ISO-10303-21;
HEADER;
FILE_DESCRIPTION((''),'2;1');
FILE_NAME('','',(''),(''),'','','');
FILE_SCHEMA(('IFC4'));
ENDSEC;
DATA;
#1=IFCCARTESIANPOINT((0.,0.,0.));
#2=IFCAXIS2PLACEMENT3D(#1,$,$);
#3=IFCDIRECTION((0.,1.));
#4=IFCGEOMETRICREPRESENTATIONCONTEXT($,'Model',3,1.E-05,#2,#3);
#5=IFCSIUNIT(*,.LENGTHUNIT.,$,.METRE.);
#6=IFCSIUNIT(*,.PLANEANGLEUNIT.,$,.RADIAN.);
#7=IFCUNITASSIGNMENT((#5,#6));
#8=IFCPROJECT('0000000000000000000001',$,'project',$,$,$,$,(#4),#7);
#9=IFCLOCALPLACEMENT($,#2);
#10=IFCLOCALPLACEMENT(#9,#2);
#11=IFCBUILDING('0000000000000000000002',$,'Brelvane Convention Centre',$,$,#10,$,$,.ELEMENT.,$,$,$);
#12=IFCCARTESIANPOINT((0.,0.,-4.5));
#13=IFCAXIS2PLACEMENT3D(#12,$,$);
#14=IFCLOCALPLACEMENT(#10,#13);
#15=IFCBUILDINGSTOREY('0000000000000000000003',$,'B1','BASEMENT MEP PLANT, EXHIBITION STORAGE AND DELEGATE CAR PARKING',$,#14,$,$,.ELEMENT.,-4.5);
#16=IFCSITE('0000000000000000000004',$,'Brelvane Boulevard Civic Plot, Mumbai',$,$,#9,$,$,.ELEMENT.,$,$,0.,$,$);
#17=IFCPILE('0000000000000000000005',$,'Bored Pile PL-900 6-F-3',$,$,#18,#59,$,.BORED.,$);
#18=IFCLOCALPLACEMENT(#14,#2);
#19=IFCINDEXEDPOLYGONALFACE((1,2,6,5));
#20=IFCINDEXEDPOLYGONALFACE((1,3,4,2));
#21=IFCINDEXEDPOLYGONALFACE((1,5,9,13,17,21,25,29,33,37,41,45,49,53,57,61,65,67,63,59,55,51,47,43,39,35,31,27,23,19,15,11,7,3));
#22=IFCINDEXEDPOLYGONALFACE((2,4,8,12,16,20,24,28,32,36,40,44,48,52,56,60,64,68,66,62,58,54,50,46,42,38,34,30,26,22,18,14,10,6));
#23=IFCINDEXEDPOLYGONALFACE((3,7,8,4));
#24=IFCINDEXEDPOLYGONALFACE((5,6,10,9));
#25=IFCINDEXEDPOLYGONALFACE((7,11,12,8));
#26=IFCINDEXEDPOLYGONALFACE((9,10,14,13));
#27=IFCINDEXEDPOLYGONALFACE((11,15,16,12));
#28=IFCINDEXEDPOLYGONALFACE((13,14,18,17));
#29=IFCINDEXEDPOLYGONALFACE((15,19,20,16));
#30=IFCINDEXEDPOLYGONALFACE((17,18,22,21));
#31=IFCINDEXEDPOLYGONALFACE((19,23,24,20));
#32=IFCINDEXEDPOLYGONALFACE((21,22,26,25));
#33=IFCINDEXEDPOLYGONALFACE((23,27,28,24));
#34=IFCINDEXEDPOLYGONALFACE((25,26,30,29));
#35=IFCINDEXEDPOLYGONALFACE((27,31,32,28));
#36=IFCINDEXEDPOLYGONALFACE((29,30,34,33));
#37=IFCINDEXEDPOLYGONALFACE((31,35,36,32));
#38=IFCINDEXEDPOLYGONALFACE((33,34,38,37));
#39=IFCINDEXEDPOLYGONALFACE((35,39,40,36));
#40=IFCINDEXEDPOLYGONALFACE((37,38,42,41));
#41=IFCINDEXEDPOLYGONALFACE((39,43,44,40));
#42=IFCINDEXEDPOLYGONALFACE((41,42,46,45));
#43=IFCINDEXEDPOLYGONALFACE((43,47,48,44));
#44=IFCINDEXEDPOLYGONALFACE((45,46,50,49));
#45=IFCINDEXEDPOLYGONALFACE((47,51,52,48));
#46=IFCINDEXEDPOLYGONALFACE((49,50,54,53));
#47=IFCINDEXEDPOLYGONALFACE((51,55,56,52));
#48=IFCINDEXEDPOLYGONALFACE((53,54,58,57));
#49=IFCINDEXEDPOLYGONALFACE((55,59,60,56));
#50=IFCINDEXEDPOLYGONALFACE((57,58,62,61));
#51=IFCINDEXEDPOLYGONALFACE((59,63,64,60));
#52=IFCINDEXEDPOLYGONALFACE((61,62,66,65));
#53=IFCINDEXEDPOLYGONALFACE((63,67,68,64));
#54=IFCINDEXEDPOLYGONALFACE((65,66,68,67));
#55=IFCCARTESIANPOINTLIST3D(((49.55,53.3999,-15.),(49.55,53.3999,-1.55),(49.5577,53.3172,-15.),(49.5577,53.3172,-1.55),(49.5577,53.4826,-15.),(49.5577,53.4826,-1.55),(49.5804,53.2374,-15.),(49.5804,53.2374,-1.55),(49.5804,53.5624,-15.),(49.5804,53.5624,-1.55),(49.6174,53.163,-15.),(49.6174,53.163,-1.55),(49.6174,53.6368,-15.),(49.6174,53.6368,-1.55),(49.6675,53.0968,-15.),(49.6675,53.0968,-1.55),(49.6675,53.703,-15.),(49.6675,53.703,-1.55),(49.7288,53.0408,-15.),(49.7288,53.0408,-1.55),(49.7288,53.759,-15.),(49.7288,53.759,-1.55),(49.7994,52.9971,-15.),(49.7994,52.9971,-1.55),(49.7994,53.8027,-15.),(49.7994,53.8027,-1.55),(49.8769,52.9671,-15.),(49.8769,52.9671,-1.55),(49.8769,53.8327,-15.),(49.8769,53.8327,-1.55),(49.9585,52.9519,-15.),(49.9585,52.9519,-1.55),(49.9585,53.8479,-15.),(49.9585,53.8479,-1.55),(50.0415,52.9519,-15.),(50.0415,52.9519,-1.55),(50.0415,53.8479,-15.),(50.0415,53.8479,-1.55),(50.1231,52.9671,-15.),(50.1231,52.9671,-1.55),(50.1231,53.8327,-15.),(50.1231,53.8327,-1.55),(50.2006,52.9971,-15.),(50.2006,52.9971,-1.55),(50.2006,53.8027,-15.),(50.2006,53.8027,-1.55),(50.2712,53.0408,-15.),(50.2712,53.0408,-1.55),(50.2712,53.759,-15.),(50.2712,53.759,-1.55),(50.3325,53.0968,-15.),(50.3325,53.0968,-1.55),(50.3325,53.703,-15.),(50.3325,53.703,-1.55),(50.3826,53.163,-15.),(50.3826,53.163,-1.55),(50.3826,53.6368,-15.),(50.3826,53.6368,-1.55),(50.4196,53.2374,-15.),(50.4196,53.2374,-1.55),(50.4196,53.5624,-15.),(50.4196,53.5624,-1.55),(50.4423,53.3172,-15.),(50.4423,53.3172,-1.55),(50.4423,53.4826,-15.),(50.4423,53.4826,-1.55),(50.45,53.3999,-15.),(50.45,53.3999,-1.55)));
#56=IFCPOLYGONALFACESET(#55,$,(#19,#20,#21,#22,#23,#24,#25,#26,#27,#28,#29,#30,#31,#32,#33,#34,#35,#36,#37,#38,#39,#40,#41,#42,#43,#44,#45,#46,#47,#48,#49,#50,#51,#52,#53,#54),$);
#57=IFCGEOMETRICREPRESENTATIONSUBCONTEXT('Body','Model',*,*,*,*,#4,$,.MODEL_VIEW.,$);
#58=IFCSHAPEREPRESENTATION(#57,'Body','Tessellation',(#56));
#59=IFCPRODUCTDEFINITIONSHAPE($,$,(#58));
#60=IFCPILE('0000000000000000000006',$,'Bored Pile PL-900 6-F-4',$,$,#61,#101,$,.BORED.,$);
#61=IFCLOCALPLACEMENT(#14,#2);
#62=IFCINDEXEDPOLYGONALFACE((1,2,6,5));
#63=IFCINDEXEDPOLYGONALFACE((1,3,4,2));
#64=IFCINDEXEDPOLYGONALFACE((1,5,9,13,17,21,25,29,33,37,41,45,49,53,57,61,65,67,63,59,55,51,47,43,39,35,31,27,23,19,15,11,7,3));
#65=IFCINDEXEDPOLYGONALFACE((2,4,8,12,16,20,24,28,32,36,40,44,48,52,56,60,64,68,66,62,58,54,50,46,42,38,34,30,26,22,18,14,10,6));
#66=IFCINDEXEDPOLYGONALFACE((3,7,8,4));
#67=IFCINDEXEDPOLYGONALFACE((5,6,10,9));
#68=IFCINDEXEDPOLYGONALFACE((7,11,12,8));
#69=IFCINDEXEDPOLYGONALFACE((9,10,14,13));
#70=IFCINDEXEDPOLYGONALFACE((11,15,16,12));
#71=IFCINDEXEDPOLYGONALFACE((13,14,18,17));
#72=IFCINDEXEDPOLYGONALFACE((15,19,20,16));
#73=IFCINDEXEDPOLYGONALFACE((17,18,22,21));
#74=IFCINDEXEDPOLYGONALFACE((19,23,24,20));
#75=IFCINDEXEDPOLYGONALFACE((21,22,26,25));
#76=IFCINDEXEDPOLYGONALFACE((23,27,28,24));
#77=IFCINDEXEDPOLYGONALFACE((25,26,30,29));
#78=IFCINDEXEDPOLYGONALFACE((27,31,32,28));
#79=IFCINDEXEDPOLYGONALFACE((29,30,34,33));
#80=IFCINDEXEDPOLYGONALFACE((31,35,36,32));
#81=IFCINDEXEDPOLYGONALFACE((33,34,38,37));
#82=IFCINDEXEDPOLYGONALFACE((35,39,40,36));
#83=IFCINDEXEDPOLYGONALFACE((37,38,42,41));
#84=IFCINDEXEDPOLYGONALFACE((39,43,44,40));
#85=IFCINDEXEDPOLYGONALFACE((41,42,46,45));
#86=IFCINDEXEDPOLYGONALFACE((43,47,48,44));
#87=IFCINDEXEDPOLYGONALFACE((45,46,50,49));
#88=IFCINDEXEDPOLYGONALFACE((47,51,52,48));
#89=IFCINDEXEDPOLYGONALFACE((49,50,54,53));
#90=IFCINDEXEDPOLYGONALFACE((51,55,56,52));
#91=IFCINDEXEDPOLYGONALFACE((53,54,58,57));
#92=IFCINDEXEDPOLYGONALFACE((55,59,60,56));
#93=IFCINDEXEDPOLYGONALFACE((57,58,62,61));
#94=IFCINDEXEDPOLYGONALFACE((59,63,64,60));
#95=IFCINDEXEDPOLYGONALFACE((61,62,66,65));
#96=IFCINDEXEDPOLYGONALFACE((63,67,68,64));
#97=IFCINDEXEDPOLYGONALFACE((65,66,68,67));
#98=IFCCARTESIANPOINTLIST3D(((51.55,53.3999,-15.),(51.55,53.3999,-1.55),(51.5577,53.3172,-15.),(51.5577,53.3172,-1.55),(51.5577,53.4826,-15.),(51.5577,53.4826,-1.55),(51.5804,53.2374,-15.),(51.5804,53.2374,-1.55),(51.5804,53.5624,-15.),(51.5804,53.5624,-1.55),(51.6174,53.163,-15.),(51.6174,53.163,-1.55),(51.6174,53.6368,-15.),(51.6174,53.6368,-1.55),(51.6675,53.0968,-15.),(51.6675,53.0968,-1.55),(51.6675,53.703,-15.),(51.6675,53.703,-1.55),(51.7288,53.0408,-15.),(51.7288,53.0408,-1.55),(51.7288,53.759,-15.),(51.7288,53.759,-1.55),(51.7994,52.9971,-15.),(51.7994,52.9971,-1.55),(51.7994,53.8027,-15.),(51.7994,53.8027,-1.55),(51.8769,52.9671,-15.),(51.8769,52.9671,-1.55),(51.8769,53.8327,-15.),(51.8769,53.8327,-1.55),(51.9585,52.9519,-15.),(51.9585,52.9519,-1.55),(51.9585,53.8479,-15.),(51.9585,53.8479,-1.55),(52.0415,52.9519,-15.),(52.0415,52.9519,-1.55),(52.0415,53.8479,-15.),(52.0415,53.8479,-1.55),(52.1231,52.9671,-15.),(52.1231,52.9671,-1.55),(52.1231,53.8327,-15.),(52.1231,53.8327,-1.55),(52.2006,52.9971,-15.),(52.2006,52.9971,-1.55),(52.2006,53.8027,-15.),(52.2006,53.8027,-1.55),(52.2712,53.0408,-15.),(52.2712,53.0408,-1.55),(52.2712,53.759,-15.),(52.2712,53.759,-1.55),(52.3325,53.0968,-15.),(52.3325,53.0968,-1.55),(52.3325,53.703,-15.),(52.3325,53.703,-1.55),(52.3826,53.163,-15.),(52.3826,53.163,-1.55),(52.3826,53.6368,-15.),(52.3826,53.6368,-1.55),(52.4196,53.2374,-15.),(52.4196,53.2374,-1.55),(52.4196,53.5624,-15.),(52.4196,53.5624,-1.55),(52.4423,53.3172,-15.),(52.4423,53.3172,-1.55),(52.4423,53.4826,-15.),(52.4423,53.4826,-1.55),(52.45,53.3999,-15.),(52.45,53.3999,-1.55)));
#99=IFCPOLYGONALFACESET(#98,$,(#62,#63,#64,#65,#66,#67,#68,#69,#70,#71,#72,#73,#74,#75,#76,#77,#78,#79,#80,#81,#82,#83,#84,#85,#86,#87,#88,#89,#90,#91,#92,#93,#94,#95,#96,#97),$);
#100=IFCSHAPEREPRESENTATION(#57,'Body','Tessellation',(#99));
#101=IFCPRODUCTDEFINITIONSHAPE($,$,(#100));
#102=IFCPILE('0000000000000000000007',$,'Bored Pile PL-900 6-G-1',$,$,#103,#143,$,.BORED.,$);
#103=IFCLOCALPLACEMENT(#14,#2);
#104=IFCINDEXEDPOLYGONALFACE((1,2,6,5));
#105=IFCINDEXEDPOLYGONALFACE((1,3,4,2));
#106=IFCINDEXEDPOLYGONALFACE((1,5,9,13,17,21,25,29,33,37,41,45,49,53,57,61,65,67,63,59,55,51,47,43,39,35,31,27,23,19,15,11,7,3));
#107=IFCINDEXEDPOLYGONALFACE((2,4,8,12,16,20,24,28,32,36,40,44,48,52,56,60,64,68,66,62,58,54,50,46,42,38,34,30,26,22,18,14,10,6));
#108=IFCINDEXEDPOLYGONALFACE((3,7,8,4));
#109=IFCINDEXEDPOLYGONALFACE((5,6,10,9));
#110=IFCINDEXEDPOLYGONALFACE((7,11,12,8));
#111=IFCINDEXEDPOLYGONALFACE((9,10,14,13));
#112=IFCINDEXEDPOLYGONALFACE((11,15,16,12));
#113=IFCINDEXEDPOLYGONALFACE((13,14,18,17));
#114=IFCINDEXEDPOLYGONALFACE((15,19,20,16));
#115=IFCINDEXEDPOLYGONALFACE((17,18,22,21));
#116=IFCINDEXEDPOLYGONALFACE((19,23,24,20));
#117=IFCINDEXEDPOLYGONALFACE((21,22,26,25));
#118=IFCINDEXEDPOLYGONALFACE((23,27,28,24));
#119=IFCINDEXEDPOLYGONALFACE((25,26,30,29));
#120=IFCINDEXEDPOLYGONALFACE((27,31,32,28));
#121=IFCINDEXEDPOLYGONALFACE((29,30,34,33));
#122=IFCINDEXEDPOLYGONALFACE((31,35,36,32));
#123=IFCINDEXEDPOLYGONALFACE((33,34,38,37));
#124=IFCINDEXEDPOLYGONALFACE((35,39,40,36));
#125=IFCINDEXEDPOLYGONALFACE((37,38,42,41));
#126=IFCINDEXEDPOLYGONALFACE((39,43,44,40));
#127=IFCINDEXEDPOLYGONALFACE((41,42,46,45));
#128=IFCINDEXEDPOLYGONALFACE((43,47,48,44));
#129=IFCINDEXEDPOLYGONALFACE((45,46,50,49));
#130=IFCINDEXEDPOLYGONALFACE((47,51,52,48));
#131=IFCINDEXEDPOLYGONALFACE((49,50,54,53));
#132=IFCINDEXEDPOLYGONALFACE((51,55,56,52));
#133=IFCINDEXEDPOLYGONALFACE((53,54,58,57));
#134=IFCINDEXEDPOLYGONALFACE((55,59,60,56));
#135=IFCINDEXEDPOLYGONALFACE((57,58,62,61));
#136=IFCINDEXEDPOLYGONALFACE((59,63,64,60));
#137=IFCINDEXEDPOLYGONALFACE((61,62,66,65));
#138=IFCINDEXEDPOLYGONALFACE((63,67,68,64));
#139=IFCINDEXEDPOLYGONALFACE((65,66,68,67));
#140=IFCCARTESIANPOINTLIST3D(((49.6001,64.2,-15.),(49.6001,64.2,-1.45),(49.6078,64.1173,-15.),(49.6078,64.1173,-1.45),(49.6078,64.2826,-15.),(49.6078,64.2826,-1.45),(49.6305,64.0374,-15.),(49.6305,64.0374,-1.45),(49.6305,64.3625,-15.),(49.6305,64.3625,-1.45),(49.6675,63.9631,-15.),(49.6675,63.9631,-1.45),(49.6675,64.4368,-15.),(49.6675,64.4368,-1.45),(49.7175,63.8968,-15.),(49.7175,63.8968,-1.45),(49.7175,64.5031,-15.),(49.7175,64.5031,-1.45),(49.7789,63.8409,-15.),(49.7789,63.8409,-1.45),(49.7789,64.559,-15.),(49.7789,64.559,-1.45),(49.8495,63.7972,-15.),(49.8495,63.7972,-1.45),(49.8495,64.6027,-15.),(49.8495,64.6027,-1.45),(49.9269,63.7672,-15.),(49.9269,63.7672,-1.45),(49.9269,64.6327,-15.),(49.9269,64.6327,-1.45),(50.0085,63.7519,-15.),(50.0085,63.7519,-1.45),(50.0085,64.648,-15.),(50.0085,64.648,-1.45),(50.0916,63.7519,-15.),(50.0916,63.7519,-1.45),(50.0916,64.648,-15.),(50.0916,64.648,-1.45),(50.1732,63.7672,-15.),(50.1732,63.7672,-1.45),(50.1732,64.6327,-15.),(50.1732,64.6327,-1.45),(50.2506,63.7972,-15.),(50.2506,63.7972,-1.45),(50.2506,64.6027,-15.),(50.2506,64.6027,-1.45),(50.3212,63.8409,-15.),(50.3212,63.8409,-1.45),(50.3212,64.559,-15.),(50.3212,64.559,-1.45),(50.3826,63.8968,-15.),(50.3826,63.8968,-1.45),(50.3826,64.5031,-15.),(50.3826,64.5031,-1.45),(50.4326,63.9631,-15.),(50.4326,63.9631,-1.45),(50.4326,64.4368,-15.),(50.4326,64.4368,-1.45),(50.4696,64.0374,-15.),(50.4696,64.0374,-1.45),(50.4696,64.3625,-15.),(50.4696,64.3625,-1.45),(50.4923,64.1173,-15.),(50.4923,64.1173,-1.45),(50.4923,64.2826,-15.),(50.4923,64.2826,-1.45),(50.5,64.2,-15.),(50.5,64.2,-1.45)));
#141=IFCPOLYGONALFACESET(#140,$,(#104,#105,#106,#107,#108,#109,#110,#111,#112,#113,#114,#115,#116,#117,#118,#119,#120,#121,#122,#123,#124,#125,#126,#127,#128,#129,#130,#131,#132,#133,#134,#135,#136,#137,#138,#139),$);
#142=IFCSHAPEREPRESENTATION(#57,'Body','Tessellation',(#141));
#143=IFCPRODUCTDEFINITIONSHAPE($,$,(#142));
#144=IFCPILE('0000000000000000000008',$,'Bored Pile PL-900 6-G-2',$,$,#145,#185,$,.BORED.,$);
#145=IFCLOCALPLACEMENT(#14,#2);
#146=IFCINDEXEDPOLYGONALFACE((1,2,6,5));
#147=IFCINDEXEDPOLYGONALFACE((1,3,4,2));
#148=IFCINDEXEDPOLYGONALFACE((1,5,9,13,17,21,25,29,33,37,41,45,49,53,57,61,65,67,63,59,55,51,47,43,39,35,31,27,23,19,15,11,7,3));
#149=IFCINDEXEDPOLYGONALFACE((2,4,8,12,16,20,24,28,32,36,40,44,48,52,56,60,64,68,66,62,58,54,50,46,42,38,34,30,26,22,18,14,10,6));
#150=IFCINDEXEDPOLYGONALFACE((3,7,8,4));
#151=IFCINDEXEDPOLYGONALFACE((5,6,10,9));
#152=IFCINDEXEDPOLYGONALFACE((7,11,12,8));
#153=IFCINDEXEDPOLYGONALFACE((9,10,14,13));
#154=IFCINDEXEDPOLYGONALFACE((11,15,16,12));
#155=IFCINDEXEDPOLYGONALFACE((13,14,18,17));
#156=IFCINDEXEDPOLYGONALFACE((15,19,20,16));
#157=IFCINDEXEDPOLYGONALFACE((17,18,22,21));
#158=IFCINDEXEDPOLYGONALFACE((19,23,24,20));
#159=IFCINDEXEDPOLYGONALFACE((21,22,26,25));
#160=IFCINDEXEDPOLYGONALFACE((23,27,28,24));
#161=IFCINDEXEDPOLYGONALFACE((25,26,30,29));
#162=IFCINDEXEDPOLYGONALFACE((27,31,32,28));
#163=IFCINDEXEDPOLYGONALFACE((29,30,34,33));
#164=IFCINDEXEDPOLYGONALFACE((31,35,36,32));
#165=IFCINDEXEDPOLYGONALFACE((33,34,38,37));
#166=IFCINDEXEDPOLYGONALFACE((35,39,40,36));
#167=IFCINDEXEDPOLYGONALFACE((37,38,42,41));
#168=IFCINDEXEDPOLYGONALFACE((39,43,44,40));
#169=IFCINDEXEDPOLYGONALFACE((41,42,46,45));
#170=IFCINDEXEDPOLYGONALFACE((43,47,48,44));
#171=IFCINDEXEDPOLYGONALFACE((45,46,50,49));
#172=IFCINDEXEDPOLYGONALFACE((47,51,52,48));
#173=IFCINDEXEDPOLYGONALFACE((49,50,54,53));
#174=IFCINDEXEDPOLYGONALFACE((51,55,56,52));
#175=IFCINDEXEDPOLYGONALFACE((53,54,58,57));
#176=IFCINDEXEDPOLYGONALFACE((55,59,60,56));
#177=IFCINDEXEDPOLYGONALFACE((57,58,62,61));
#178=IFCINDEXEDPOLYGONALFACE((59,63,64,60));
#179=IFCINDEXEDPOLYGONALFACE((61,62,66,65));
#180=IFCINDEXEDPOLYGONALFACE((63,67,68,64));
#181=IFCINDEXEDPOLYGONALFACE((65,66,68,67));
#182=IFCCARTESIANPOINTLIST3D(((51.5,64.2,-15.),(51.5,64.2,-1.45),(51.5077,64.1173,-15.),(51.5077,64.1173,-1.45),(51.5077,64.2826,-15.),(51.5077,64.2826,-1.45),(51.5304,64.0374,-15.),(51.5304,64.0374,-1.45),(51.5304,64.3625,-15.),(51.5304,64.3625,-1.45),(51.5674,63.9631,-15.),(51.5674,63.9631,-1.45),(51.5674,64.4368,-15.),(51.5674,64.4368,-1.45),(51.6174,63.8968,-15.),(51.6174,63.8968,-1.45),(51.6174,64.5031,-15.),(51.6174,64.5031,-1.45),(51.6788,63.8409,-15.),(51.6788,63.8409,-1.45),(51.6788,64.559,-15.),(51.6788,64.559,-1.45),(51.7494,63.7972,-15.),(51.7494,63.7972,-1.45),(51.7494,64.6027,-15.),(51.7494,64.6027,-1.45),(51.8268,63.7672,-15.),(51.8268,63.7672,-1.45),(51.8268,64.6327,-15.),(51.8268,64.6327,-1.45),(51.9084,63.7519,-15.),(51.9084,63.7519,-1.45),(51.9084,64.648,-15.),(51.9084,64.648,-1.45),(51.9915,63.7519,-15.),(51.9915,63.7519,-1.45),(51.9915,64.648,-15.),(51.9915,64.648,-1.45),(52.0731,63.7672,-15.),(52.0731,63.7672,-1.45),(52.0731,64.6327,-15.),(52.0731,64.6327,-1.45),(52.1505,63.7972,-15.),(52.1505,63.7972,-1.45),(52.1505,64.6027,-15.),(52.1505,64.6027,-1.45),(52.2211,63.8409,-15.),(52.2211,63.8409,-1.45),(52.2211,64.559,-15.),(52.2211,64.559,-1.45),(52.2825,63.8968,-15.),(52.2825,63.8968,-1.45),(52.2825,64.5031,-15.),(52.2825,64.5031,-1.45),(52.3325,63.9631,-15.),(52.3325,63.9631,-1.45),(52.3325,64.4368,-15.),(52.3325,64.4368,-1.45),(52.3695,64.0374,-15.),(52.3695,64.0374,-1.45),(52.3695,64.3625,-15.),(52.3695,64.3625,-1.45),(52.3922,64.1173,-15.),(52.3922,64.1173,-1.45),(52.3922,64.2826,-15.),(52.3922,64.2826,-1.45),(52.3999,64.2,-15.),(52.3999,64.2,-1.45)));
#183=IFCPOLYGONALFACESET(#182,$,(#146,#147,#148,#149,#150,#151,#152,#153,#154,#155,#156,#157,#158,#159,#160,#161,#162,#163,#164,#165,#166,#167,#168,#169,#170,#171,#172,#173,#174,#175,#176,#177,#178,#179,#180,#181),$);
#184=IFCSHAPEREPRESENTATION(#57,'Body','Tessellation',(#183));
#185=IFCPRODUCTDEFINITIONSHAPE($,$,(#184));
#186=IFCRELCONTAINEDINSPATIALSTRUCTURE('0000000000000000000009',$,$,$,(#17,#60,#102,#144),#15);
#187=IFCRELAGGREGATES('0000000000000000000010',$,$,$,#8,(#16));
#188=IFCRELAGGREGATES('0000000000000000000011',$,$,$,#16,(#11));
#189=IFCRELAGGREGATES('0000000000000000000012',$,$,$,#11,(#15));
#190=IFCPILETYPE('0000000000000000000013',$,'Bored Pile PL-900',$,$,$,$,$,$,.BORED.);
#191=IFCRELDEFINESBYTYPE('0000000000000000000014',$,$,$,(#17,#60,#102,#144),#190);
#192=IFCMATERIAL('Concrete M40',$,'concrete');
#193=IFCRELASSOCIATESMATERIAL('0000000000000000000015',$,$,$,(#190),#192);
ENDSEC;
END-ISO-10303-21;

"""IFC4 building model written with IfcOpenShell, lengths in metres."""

from ifc_helpers import new_model, si_unit, direction, frame, origin, origin_2d, place, context, subcontext, project, spatial, circle, extrude, material, material_profile, profile_set, type_object, element, save


model = new_model("IFC4")

# Units and contexts
model_context = context("Model", 3, precision=1e-05, world=origin(), true_north=direction((0.0, 1.0)))
body_context = subcontext(model_context, "Body", "Model", "MODEL_VIEW")
ifc_project = project(units=[si_unit("LENGTHUNIT", "METRE"), si_unit("PLANEANGLEUNIT", "RADIAN")], contexts=[model_context])

# Site, building, storey
site_placement = place(None, origin())
site = spatial("IfcSite", under=ifc_project, at=site_placement, Name="Brelvane Boulevard Civic Plot, Mumbai", CompositionType="ELEMENT", RefElevation=0.0)
building_placement = place(site_placement, origin())
building = spatial("IfcBuilding", under=site, at=building_placement, Name="Brelvane Convention Centre", CompositionType="ELEMENT")
storey_placement = place(building_placement, frame((0.0, 0.0, -4.5)))
storey = spatial("IfcBuildingStorey", under=building, at=storey_placement, Name="B1", Description="BASEMENT MEP PLANT, EXHIBITION STORAGE AND DELEGATE CAR PARKING", CompositionType="ELEMENT", Elevation=-4.5)

# Piles
ifc_material_1 = material(Name="Concrete M40", Category="concrete")
ifc_material_profile_1 = material_profile(ifc_material_1, circle(Radius=0.45, at=origin_2d()), Name="PILE D900")
ifc_profile_set_1 = profile_set([ifc_material_profile_1], Name="Concrete M40")
pile_type = type_object("IfcPileType", Name="Bored Pile PL-900", PredefinedType="BORED", material=ifc_profile_set_1)
for number, where, z_axis, x_axis, name in (
    (1, (50.0, 53.3999, -1.55), (0.0, 0.0, -1.0), (1.0, 0.0, 0.0), "Bored Pile PL-900 6-F-3"),
    (2, (52.0, 53.3999, -1.55), (0.0, 0.0, -1.0), (1.0, 0.0, 0.0), "Bored Pile PL-900 6-F-4"),
):
    element("IfcPile", number, at=place(storey_placement, frame(where, z_axis=z_axis, x_axis=x_axis)), inside=storey, type_object=pile_type, Name=name, PredefinedType="BORED", context=body_context, shape_type="SweptSolid", body=[
        extrude(circle(Radius=0.45, at=origin_2d()), origin(), (0.0, 0.0, 1.0), 13.45),
    ])
for number, where, z_axis, x_axis, name in (
    (3, (50.05, 64.2, -1.45), (0.0, 0.0, -1.0), (1.0, 0.0, 0.0), "Bored Pile PL-900 6-G-1"),
    (4, (51.95, 64.2, -1.45), (0.0, 0.0, -1.0), (1.0, 0.0, 0.0), "Bored Pile PL-900 6-G-2"),
):
    element("IfcPile", number, at=place(storey_placement, frame(where, z_axis=z_axis, x_axis=x_axis)), inside=storey, type_object=pile_type, Name=name, PredefinedType="BORED", context=body_context, shape_type="SweptSolid", body=[
        extrude(circle(Radius=0.45, at=origin_2d()), origin(), (0.0, 0.0, 1.0), 13.55),
    ])

save(model, "model.ifc")
